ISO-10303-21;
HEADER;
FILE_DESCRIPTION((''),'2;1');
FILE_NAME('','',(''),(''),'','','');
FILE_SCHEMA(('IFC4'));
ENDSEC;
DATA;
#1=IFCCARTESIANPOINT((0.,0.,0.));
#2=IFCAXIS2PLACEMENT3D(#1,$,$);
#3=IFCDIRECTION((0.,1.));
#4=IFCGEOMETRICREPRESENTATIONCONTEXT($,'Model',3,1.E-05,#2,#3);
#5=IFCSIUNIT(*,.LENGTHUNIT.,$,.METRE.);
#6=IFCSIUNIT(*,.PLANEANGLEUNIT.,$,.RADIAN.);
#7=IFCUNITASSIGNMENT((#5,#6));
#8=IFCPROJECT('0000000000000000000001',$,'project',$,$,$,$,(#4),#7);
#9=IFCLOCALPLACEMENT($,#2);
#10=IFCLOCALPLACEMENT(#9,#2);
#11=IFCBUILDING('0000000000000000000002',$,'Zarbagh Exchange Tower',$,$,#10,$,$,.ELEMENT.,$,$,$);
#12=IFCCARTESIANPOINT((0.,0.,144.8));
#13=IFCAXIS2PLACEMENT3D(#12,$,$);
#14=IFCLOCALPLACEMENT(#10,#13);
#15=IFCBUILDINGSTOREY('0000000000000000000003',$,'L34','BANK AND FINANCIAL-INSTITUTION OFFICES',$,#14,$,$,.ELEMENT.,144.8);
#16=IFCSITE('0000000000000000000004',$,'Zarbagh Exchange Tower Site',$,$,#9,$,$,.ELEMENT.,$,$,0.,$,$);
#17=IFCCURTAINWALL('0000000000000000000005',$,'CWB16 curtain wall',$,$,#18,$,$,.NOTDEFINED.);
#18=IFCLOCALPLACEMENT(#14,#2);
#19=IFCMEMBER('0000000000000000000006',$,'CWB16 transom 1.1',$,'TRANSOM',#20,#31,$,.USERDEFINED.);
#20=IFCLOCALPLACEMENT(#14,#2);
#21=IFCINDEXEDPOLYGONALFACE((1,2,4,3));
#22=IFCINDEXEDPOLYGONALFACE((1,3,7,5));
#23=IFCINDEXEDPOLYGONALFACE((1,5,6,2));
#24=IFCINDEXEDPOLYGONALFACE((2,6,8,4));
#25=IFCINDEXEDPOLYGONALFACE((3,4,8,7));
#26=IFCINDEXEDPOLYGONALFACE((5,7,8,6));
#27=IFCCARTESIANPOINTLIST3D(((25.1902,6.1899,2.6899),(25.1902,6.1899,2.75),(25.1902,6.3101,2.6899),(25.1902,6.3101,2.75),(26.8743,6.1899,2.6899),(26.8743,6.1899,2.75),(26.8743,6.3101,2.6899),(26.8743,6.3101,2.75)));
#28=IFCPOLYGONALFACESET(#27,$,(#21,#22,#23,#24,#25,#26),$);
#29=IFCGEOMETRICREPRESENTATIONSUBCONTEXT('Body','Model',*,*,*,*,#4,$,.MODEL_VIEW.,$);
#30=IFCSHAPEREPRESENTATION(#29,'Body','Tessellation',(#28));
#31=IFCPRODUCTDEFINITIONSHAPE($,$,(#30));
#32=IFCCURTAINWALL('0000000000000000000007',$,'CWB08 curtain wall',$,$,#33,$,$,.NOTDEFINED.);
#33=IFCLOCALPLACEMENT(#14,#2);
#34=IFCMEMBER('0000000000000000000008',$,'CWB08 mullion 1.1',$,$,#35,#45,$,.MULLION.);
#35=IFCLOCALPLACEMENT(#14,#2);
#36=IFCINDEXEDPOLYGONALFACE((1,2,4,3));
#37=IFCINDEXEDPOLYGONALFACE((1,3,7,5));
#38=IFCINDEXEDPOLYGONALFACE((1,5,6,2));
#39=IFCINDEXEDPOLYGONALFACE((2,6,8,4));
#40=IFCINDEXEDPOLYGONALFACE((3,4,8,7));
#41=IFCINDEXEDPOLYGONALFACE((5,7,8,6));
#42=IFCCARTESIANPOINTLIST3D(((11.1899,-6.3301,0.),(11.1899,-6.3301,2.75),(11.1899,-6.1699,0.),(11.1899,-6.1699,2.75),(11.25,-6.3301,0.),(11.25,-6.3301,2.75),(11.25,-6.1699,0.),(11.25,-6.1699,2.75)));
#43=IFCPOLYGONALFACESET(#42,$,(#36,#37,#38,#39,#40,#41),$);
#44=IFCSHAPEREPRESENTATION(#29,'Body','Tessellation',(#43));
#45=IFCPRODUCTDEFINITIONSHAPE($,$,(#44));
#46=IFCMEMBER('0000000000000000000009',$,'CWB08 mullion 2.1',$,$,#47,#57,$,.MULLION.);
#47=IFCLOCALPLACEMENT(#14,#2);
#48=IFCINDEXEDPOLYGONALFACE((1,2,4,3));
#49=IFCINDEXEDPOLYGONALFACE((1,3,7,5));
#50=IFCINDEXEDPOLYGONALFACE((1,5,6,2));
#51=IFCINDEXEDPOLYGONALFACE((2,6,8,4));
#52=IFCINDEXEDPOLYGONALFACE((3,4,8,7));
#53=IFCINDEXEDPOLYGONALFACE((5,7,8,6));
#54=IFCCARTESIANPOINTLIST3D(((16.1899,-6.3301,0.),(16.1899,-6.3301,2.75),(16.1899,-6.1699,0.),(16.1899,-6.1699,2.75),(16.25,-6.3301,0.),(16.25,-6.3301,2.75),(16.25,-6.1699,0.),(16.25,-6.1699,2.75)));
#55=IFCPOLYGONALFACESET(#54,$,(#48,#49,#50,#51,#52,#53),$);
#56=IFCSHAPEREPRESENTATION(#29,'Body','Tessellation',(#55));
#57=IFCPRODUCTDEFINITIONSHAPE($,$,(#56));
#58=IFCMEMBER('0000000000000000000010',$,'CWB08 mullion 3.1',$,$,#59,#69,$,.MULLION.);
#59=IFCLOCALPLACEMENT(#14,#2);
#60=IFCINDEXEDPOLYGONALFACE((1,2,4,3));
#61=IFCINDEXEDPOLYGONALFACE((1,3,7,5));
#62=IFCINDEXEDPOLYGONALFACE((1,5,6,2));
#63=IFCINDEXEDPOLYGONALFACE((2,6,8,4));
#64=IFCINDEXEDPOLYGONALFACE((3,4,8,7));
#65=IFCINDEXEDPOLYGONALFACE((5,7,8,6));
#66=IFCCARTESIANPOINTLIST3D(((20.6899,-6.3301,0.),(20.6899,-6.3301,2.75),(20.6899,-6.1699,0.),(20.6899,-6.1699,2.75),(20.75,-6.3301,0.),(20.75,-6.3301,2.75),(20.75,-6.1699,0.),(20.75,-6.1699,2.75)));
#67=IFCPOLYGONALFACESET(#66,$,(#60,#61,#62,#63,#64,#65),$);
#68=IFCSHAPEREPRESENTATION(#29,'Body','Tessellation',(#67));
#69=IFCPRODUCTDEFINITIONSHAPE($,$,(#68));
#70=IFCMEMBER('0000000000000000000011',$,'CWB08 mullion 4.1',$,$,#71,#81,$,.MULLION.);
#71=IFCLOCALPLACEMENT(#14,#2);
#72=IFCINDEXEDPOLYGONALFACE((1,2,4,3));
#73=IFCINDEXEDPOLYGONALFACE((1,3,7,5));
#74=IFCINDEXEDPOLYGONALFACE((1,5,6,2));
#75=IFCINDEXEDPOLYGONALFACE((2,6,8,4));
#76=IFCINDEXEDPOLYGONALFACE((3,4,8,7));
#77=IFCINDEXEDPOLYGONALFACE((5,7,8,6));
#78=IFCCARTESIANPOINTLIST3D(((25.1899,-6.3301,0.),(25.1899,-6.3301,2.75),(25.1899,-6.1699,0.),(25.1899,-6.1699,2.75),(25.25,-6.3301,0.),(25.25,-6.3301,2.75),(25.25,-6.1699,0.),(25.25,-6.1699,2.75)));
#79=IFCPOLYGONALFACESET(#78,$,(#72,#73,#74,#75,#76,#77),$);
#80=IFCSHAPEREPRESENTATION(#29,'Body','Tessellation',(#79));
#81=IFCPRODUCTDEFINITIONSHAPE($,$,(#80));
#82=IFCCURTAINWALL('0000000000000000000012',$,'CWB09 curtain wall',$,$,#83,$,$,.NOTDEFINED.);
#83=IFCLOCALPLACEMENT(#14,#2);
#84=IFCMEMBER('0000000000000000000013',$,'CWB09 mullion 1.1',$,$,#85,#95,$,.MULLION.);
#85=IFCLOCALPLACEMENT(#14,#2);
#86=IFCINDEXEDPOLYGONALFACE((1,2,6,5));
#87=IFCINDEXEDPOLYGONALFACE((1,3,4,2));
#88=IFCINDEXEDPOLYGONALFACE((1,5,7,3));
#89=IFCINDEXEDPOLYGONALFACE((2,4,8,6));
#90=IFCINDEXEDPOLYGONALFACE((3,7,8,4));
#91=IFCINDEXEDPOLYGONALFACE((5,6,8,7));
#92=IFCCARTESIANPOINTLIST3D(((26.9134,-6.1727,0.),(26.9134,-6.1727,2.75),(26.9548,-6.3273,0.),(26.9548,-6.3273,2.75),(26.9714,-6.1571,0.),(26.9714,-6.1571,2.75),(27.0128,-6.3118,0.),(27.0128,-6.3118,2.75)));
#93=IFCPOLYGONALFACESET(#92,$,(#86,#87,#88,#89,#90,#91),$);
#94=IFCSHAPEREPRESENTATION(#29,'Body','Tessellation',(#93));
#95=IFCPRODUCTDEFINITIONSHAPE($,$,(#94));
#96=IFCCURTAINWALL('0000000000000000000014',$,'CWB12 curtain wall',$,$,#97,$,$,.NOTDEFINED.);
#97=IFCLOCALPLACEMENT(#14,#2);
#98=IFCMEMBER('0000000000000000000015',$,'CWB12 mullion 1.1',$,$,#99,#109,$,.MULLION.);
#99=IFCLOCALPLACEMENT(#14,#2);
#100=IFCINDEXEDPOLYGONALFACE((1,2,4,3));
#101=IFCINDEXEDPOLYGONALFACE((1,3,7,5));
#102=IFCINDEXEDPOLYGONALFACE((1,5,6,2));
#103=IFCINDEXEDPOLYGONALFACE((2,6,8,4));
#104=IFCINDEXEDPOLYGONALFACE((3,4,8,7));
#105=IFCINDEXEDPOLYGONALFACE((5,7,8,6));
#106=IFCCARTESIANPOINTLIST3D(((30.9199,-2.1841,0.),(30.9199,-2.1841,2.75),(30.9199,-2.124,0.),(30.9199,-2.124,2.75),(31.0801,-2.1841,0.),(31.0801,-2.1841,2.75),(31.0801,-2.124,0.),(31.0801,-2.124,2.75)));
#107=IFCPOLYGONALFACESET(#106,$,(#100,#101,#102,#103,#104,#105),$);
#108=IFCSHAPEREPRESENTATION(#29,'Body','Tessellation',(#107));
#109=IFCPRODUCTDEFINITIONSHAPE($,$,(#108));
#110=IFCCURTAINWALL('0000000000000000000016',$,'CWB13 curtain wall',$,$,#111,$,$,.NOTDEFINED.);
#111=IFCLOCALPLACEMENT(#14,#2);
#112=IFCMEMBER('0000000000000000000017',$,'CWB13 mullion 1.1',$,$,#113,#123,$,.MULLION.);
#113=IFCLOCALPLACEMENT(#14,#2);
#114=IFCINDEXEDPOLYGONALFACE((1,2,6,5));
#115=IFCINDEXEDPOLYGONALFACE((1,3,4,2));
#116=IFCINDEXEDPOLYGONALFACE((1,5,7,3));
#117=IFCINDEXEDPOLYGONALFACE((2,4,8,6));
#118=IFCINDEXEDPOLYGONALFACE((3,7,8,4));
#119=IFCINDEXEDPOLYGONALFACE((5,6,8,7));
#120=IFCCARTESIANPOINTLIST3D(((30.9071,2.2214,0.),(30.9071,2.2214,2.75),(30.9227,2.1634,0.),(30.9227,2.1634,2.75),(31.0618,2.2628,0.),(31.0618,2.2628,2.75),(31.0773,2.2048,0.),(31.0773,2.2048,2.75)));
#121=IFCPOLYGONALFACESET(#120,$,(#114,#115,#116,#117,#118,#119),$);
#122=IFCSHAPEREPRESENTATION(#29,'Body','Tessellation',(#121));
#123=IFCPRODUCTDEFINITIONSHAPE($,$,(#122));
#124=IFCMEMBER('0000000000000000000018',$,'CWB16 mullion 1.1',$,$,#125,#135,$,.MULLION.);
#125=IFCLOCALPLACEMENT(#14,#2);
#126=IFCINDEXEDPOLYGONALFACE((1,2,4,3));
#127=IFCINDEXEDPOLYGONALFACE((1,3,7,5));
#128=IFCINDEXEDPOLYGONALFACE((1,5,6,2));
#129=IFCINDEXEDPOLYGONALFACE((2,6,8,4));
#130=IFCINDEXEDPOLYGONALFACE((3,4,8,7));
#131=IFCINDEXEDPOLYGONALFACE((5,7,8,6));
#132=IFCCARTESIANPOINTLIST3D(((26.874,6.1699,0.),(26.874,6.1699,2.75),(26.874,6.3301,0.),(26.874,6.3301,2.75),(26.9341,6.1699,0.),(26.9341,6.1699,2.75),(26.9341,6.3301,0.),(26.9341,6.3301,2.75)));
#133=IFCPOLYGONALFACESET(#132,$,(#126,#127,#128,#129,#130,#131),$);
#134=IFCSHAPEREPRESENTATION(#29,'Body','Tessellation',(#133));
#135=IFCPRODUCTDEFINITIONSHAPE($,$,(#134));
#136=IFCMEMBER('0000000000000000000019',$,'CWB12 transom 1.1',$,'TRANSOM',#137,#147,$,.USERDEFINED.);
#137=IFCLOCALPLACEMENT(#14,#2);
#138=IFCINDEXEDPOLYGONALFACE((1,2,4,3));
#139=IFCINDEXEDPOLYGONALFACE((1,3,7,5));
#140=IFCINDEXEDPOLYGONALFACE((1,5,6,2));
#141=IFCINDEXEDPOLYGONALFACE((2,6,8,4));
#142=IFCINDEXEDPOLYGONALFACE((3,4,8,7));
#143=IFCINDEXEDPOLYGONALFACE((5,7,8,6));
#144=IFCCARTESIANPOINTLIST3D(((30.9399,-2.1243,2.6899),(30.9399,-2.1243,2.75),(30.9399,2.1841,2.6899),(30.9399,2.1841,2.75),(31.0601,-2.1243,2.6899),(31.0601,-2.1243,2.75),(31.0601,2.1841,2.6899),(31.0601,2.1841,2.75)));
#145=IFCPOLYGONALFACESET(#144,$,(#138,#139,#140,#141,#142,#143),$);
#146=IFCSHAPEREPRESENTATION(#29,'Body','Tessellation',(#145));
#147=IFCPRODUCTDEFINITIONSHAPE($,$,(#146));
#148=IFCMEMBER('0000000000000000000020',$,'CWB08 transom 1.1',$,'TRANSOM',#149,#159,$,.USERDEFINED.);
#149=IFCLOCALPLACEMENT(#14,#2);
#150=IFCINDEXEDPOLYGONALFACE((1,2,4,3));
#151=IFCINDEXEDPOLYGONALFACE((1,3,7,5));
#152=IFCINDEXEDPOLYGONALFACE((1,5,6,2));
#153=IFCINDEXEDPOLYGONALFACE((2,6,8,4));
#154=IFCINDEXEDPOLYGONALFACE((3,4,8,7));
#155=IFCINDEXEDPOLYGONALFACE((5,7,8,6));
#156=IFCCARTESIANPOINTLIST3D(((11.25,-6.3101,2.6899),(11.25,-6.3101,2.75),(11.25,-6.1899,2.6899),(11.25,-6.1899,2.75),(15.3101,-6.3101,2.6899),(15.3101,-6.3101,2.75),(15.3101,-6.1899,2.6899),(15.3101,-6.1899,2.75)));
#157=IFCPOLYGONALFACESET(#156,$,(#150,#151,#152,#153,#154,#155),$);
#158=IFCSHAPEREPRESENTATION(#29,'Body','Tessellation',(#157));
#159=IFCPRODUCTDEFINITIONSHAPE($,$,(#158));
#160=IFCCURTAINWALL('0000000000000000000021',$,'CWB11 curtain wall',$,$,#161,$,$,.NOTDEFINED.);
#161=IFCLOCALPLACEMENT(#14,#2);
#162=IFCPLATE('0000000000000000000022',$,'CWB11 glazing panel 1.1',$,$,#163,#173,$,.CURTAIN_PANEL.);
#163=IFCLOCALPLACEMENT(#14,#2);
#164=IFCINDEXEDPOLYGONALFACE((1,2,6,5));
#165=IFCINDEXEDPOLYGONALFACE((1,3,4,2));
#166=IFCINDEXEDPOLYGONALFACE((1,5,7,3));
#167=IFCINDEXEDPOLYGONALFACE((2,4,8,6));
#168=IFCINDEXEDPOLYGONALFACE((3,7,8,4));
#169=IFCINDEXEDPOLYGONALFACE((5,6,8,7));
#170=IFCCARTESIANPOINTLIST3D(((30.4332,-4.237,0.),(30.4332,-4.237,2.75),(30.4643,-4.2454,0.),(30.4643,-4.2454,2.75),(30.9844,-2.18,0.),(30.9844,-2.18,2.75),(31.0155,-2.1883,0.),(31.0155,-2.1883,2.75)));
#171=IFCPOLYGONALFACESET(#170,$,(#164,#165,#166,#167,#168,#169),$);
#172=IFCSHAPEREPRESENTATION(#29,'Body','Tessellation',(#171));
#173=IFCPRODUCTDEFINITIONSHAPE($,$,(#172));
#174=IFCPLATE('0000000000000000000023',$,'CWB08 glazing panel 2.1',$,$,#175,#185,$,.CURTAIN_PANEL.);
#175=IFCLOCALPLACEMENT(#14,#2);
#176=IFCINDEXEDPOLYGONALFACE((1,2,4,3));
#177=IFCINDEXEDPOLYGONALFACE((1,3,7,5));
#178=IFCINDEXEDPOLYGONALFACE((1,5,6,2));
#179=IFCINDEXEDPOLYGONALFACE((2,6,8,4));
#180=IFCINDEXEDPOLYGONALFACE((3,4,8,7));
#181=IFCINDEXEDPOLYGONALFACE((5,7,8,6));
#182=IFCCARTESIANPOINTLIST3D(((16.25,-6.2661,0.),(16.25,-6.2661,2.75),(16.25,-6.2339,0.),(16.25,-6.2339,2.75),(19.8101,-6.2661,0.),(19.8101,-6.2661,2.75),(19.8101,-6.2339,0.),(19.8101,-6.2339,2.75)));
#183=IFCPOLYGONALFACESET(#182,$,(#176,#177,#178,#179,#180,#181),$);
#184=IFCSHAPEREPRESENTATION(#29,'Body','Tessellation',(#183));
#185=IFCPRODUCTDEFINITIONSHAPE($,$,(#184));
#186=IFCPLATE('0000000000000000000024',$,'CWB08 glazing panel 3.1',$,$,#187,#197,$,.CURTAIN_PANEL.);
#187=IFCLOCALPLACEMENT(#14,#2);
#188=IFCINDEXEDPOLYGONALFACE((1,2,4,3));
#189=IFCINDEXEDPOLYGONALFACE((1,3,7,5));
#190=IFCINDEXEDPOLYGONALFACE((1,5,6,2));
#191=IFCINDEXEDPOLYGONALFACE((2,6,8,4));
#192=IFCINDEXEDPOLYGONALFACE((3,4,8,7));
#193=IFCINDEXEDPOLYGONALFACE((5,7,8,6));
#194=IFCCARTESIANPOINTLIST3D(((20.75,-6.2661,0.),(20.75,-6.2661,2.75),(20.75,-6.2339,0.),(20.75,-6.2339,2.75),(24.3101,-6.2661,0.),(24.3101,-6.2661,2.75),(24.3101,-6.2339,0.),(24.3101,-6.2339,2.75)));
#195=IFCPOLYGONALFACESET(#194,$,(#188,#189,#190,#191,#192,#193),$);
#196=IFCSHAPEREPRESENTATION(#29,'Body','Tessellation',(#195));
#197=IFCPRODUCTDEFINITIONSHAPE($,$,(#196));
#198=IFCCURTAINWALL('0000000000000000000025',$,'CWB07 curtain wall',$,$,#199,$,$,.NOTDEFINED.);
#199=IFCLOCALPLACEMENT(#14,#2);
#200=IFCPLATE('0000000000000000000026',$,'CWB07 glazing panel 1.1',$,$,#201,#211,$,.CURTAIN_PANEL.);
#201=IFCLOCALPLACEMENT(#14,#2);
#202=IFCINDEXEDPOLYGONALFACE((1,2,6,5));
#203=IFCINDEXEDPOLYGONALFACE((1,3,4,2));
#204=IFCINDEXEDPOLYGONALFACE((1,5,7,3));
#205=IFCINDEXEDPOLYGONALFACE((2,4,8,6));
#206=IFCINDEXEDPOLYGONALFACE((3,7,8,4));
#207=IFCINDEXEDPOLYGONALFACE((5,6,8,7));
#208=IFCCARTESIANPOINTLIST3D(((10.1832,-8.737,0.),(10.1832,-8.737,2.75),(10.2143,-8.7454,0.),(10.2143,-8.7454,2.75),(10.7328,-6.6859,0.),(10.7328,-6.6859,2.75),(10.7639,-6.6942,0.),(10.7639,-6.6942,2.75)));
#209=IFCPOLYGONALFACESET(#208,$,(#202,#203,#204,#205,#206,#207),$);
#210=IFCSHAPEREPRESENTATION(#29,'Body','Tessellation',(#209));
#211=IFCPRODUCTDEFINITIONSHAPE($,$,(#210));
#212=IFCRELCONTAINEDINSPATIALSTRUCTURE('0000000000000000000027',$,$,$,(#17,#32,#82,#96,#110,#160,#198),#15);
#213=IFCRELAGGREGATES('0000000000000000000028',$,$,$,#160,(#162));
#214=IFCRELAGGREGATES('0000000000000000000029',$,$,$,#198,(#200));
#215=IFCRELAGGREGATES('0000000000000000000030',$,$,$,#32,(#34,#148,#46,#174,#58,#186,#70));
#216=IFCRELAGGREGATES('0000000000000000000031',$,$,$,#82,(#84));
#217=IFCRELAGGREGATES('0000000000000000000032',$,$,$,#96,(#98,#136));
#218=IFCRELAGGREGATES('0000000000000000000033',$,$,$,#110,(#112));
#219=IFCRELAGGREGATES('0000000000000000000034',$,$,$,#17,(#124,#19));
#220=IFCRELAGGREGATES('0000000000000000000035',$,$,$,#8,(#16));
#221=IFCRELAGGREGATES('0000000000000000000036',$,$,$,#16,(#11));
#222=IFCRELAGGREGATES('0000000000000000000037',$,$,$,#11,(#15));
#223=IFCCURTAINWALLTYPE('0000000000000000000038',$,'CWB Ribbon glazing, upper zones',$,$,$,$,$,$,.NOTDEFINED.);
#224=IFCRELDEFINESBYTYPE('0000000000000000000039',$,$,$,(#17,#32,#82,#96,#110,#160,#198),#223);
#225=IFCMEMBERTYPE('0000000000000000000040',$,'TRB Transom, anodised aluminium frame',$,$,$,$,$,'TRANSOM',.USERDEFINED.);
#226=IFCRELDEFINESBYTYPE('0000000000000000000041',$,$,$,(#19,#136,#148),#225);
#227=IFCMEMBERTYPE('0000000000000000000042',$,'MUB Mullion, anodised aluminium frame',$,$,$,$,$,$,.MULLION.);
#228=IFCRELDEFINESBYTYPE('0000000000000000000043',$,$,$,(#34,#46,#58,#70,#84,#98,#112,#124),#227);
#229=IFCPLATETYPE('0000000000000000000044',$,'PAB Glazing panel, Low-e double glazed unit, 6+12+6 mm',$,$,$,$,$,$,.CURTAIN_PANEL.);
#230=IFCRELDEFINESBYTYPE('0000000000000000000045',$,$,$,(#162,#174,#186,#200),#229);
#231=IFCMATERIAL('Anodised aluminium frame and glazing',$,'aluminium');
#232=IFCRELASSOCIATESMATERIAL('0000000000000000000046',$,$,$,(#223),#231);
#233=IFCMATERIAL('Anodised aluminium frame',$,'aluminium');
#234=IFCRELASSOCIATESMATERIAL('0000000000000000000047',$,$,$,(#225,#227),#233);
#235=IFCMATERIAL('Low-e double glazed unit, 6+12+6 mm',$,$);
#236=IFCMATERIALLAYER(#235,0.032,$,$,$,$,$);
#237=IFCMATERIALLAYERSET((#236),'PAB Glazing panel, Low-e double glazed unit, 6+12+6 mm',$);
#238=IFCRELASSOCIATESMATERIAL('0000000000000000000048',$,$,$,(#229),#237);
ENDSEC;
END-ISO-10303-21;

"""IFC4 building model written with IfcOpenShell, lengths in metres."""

from ifc_helpers import new_model, si_unit, direction, frame, origin, place, context, subcontext, project, spatial, polyline, outline, extrude, source, transform, mapped, material, layer, layer_set, type_object, element, aggregate, save


model = new_model("IFC4")

# Units and contexts
model_context = context("Model", 3, precision=1e-05, world=origin(), true_north=direction((0.0, 1.0)))
body_context = subcontext(model_context, "Body", "Model", "MODEL_VIEW")
ifc_project = project(units=[si_unit("LENGTHUNIT", "METRE"), si_unit("PLANEANGLEUNIT", "RADIAN")], contexts=[model_context])

# Site, building, storey
site_placement = place(None, origin())
site = spatial("IfcSite", under=ifc_project, at=site_placement, Name="Zarbagh Exchange Tower Site", CompositionType="ELEMENT", RefElevation=0.0)
building_placement = place(site_placement, origin())
building = spatial("IfcBuilding", under=site, at=building_placement, Name="Zarbagh Exchange Tower", CompositionType="ELEMENT")
storey_placement = place(building_placement, frame((0.0, 0.0, 144.8)))
storey = spatial("IfcBuildingStorey", under=building, at=storey_placement, Name="L34", Description="BANK AND FINANCIAL-INSTITUTION OFFICES", CompositionType="ELEMENT", Elevation=144.8)

# Curtain wall, member
ifc_material_1 = material(Name="Anodised aluminium frame and glazing", Category="aluminium")
curtain_wall_type = type_object("IfcCurtainWallType", Name="CWB Ribbon glazing, upper zones", PredefinedType="NOTDEFINED", material=ifc_material_1)
curtain_wall_1_placement = place(storey_placement, origin())
curtain_wall_1 = element("IfcCurtainWall", 1, at=curtain_wall_1_placement, inside=storey, type_object=curtain_wall_type, Name="CWB16 curtain wall", PredefinedType="NOTDEFINED")
ifc_material_2 = material(Name="Anodised aluminium frame", Category="aluminium")
member_type_1 = type_object("IfcMemberType", Name="TRB Transom, anodised aluminium frame", ElementType="TRANSOM", PredefinedType="USERDEFINED", material=ifc_material_2)
shared_shape_1 = source(origin(), body_context, "Body", "SweptSolid", [
    extrude(outline(polyline([(-0.0601, -0.0601), (0.0, -0.0601), (0.0, 0.0601), (-0.0601, 0.0601), (-0.0601, -0.0601)])), origin(), (0.0, 0.0, 1.0), 1.6841),
])
placement = place(storey_placement, origin())
member_1 = element("IfcMember", 2, at=placement, type_object=member_type_1, Name="CWB16 transom 1.1", ObjectType="TRANSOM", PredefinedType="USERDEFINED", context=body_context, shape_type="MappedRepresentation", body=[
    mapped(shared_shape_1, transform((26.8743, 6.25, 2.75), x_axis=(0.0, 0.0, 1.0), y_axis=(0.0, 1.0, 0.0), z_axis=(-1.0, 0.0, 0.0))),
])

# Curtain wall, members
curtain_wall_2_placement = place(storey_placement, origin())
curtain_wall_2 = element("IfcCurtainWall", 3, at=curtain_wall_2_placement, inside=storey, type_object=curtain_wall_type, Name="CWB08 curtain wall", PredefinedType="NOTDEFINED")
member_type_2 = type_object("IfcMemberType", Name="MUB Mullion, anodised aluminium frame", PredefinedType="MULLION", material=ifc_material_2)
shared_shape_2 = source(origin(), body_context, "Body", "SweptSolid", [
    extrude(outline(polyline([(0.0, -0.0801), (0.0601, -0.0801), (0.0601, 0.0801), (0.0, 0.0801), (0.0, -0.0801)])), origin(), (0.0, 0.0, 1.0), 2.75),
])
member_2 = element("IfcMember", 4, at=placement, type_object=member_type_2, Name="CWB08 mullion 1.1", PredefinedType="MULLION", context=body_context, shape_type="MappedRepresentation", body=[
    mapped(shared_shape_2, transform((11.1899, -6.25, 0.0), x_axis=(1.0, 0.0, 0.0), y_axis=(0.0, 1.0, 0.0), z_axis=(0.0, 0.0, 1.0))),
])
member_3 = element("IfcMember", 5, at=placement, type_object=member_type_2, Name="CWB08 mullion 2.1", PredefinedType="MULLION", context=body_context, shape_type="MappedRepresentation", body=[
    mapped(shared_shape_2, transform((16.1899, -6.25, 0.0), x_axis=(1.0, 0.0, 0.0), y_axis=(0.0, 1.0, 0.0), z_axis=(0.0, 0.0, 1.0))),
])
member_4 = element("IfcMember", 6, at=placement, type_object=member_type_2, Name="CWB08 mullion 3.1", PredefinedType="MULLION", context=body_context, shape_type="MappedRepresentation", body=[
    mapped(shared_shape_2, transform((20.6899, -6.25, 0.0), x_axis=(1.0, 0.0, 0.0), y_axis=(0.0, 1.0, 0.0), z_axis=(0.0, 0.0, 1.0))),
])
member_5 = element("IfcMember", 7, at=placement, type_object=member_type_2, Name="CWB08 mullion 4.1", PredefinedType="MULLION", context=body_context, shape_type="MappedRepresentation", body=[
    mapped(shared_shape_2, transform((25.1899, -6.25, 0.0), x_axis=(1.0, 0.0, 0.0), y_axis=(0.0, 1.0, 0.0), z_axis=(0.0, 0.0, 1.0))),
])

# Curtain walls, members
curtain_wall_3_placement = place(storey_placement, origin())
curtain_wall_3 = element("IfcCurtainWall", 8, at=curtain_wall_3_placement, inside=storey, type_object=curtain_wall_type, Name="CWB09 curtain wall", PredefinedType="NOTDEFINED")
member_6 = element("IfcMember", 9, at=placement, type_object=member_type_2, Name="CWB09 mullion 1.1", PredefinedType="MULLION", context=body_context, shape_type="MappedRepresentation", body=[
    mapped(shared_shape_2, transform((26.9341, -6.25, 0.0), x_axis=(0.965924, 0.258825, 0.0), y_axis=(-0.258825, 0.965924, 0.0), z_axis=(0.0, 0.0, 1.0))),
])
curtain_wall_4_placement = place(storey_placement, origin())
curtain_wall_4 = element("IfcCurtainWall", 10, at=curtain_wall_4_placement, inside=storey, type_object=curtain_wall_type, Name="CWB12 curtain wall", PredefinedType="NOTDEFINED")
member_7 = element("IfcMember", 11, at=placement, type_object=member_type_2, Name="CWB12 mullion 1.1", PredefinedType="MULLION", context=body_context, shape_type="MappedRepresentation", body=[
    mapped(shared_shape_2, transform((31.0, -2.1841, 0.0), x_axis=(0.0, 1.0, 0.0), y_axis=(-1.0, 0.0, 0.0), z_axis=(0.0, 0.0, 1.0))),
])
curtain_wall_5_placement = place(storey_placement, origin())
curtain_wall_5 = element("IfcCurtainWall", 12, at=curtain_wall_5_placement, inside=storey, type_object=curtain_wall_type, Name="CWB13 curtain wall", PredefinedType="NOTDEFINED")
member_8 = element("IfcMember", 13, at=placement, type_object=member_type_2, Name="CWB13 mullion 1.1", PredefinedType="MULLION", context=body_context, shape_type="MappedRepresentation", body=[
    mapped(shared_shape_2, transform((31.0, 2.1841, 0.0), x_axis=(-0.258825, 0.965924, 0.0), y_axis=(-0.965924, -0.258825, 0.0), z_axis=(0.0, 0.0, 1.0))),
])

# Members
member_9 = element("IfcMember", 14, at=placement, type_object=member_type_2, Name="CWB16 mullion 1.1", PredefinedType="MULLION", context=body_context, shape_type="MappedRepresentation", body=[
    mapped(shared_shape_2, transform((26.9341, 6.25, 0.0), x_axis=(-1.0, 0.0, 0.0), y_axis=(0.0, -1.0, 0.0), z_axis=(0.0, 0.0, 1.0))),
])
shared_shape_3 = source(origin(), body_context, "Body", "SweptSolid", [
    extrude(outline(polyline([(-0.0601, -0.0601), (0.0, -0.0601), (0.0, 0.0601), (-0.0601, 0.0601), (-0.0601, -0.0601)])), origin(), (0.0, 0.0, 1.0), 4.3083),
])
member_10 = element("IfcMember", 15, at=placement, type_object=member_type_1, Name="CWB12 transom 1.1", ObjectType="TRANSOM", PredefinedType="USERDEFINED", context=body_context, shape_type="MappedRepresentation", body=[
    mapped(shared_shape_3, transform((31.0, -2.1243, 2.75), x_axis=(0.0, 0.0, 1.0), y_axis=(1.0, 0.0, 0.0), z_axis=(0.0, 1.0, 0.0))),
])
shared_shape_4 = source(origin(), body_context, "Body", "SweptSolid", [
    extrude(outline(polyline([(-0.0601, -0.0601), (0.0, -0.0601), (0.0, 0.0601), (-0.0601, 0.0601), (-0.0601, -0.0601)])), origin(), (0.0, 0.0, 1.0), 4.0601),
])
member_11 = element("IfcMember", 16, at=placement, type_object=member_type_1, Name="CWB08 transom 1.1", ObjectType="TRANSOM", PredefinedType="USERDEFINED", context=body_context, shape_type="MappedRepresentation", body=[
    mapped(shared_shape_4, transform((11.25, -6.25, 2.75), x_axis=(0.0, 0.0, 1.0), y_axis=(0.0, -1.0, 0.0), z_axis=(1.0, 0.0, 0.0))),
])

# Curtain wall, plate
curtain_wall_6_placement = place(storey_placement, origin())
curtain_wall_6 = element("IfcCurtainWall", 17, at=curtain_wall_6_placement, inside=storey, type_object=curtain_wall_type, Name="CWB11 curtain wall", PredefinedType="NOTDEFINED")
ifc_material_3 = material(Name="Low-e double glazed unit, 6+12+6 mm")
ifc_layer = layer(ifc_material_3, 0.032)
ifc_layer_set = layer_set([ifc_layer], Name="PAB Glazing panel, Low-e double glazed unit, 6+12+6 mm")
plate_type = type_object("IfcPlateType", Name="PAB Glazing panel, Low-e double glazed unit, 6+12+6 mm", PredefinedType="CURTAIN_PANEL", material=ifc_layer_set)
shared_shape_5 = source(origin(), body_context, "Body", "SweptSolid", [
    extrude(outline(polyline([(0.0, -0.0161), (2.1296, -0.0161), (2.1296, 0.0161), (0.0, 0.0161), (0.0, -0.0161)])), origin(), (0.0, 0.0, 1.0), 2.75),
])
plate_1 = element("IfcPlate", 18, at=placement, type_object=plate_type, Name="CWB11 glazing panel 1.1", PredefinedType="CURTAIN_PANEL", context=body_context, shape_type="MappedRepresentation", body=[
    mapped(shared_shape_5, transform((30.4487, -4.2412, 0.0), x_axis=(0.258825, 0.965924, 0.0), y_axis=(-0.965924, 0.258825, 0.0), z_axis=(0.0, 0.0, 1.0))),
])
aggregate(curtain_wall_6, [plate_1])

# Plates
shared_shape_6 = source(origin(), body_context, "Body", "SweptSolid", [
    extrude(outline(polyline([(0.0, -0.0161), (3.5601, -0.0161), (3.5601, 0.0161), (0.0, 0.0161), (0.0, -0.0161)])), origin(), (0.0, 0.0, 1.0), 2.75),
])
plate_2 = element("IfcPlate", 19, at=placement, type_object=plate_type, Name="CWB08 glazing panel 2.1", PredefinedType="CURTAIN_PANEL", context=body_context, shape_type="MappedRepresentation", body=[
    mapped(shared_shape_6, transform((16.25, -6.25, 0.0), x_axis=(1.0, 0.0, 0.0), y_axis=(0.0, 1.0, 0.0), z_axis=(0.0, 0.0, 1.0))),
])
plate_3 = element("IfcPlate", 20, at=placement, type_object=plate_type, Name="CWB08 glazing panel 3.1", PredefinedType="CURTAIN_PANEL", context=body_context, shape_type="MappedRepresentation", body=[
    mapped(shared_shape_6, transform((20.75, -6.25, 0.0), x_axis=(1.0, 0.0, 0.0), y_axis=(0.0, 1.0, 0.0), z_axis=(0.0, 0.0, 1.0))),
])

# Curtain wall, plate
curtain_wall_7_placement = place(storey_placement, origin())
curtain_wall_7 = element("IfcCurtainWall", 21, at=curtain_wall_7_placement, inside=storey, type_object=curtain_wall_type, Name="CWB07 curtain wall", PredefinedType="NOTDEFINED")
shared_shape_7 = source(origin(), body_context, "Body", "SweptSolid", [
    extrude(outline(polyline([(0.0, -0.0161), (2.1235, -0.0161), (2.1235, 0.0161), (0.0, 0.0161), (0.0, -0.0161)])), origin(), (0.0, 0.0, 1.0), 2.75),
])
plate_4 = element("IfcPlate", 22, at=placement, type_object=plate_type, Name="CWB07 glazing panel 1.1", PredefinedType="CURTAIN_PANEL", context=body_context, shape_type="MappedRepresentation", body=[
    mapped(shared_shape_7, transform((10.1987, -8.7412, 0.0), x_axis=(0.258825, 0.965924, 0.0), y_axis=(-0.965924, 0.258825, 0.0), z_axis=(0.0, 0.0, 1.0))),
])
aggregate(curtain_wall_7, [plate_4])

aggregate(curtain_wall_2, [member_2, member_11, member_3, plate_2, member_4, plate_3, member_5])
aggregate(curtain_wall_3, [member_6])

aggregate(curtain_wall_4, [member_7, member_10])
aggregate(curtain_wall_5, [member_8])

aggregate(curtain_wall_1, [member_9, member_1])

save(model, "model.ifc")
